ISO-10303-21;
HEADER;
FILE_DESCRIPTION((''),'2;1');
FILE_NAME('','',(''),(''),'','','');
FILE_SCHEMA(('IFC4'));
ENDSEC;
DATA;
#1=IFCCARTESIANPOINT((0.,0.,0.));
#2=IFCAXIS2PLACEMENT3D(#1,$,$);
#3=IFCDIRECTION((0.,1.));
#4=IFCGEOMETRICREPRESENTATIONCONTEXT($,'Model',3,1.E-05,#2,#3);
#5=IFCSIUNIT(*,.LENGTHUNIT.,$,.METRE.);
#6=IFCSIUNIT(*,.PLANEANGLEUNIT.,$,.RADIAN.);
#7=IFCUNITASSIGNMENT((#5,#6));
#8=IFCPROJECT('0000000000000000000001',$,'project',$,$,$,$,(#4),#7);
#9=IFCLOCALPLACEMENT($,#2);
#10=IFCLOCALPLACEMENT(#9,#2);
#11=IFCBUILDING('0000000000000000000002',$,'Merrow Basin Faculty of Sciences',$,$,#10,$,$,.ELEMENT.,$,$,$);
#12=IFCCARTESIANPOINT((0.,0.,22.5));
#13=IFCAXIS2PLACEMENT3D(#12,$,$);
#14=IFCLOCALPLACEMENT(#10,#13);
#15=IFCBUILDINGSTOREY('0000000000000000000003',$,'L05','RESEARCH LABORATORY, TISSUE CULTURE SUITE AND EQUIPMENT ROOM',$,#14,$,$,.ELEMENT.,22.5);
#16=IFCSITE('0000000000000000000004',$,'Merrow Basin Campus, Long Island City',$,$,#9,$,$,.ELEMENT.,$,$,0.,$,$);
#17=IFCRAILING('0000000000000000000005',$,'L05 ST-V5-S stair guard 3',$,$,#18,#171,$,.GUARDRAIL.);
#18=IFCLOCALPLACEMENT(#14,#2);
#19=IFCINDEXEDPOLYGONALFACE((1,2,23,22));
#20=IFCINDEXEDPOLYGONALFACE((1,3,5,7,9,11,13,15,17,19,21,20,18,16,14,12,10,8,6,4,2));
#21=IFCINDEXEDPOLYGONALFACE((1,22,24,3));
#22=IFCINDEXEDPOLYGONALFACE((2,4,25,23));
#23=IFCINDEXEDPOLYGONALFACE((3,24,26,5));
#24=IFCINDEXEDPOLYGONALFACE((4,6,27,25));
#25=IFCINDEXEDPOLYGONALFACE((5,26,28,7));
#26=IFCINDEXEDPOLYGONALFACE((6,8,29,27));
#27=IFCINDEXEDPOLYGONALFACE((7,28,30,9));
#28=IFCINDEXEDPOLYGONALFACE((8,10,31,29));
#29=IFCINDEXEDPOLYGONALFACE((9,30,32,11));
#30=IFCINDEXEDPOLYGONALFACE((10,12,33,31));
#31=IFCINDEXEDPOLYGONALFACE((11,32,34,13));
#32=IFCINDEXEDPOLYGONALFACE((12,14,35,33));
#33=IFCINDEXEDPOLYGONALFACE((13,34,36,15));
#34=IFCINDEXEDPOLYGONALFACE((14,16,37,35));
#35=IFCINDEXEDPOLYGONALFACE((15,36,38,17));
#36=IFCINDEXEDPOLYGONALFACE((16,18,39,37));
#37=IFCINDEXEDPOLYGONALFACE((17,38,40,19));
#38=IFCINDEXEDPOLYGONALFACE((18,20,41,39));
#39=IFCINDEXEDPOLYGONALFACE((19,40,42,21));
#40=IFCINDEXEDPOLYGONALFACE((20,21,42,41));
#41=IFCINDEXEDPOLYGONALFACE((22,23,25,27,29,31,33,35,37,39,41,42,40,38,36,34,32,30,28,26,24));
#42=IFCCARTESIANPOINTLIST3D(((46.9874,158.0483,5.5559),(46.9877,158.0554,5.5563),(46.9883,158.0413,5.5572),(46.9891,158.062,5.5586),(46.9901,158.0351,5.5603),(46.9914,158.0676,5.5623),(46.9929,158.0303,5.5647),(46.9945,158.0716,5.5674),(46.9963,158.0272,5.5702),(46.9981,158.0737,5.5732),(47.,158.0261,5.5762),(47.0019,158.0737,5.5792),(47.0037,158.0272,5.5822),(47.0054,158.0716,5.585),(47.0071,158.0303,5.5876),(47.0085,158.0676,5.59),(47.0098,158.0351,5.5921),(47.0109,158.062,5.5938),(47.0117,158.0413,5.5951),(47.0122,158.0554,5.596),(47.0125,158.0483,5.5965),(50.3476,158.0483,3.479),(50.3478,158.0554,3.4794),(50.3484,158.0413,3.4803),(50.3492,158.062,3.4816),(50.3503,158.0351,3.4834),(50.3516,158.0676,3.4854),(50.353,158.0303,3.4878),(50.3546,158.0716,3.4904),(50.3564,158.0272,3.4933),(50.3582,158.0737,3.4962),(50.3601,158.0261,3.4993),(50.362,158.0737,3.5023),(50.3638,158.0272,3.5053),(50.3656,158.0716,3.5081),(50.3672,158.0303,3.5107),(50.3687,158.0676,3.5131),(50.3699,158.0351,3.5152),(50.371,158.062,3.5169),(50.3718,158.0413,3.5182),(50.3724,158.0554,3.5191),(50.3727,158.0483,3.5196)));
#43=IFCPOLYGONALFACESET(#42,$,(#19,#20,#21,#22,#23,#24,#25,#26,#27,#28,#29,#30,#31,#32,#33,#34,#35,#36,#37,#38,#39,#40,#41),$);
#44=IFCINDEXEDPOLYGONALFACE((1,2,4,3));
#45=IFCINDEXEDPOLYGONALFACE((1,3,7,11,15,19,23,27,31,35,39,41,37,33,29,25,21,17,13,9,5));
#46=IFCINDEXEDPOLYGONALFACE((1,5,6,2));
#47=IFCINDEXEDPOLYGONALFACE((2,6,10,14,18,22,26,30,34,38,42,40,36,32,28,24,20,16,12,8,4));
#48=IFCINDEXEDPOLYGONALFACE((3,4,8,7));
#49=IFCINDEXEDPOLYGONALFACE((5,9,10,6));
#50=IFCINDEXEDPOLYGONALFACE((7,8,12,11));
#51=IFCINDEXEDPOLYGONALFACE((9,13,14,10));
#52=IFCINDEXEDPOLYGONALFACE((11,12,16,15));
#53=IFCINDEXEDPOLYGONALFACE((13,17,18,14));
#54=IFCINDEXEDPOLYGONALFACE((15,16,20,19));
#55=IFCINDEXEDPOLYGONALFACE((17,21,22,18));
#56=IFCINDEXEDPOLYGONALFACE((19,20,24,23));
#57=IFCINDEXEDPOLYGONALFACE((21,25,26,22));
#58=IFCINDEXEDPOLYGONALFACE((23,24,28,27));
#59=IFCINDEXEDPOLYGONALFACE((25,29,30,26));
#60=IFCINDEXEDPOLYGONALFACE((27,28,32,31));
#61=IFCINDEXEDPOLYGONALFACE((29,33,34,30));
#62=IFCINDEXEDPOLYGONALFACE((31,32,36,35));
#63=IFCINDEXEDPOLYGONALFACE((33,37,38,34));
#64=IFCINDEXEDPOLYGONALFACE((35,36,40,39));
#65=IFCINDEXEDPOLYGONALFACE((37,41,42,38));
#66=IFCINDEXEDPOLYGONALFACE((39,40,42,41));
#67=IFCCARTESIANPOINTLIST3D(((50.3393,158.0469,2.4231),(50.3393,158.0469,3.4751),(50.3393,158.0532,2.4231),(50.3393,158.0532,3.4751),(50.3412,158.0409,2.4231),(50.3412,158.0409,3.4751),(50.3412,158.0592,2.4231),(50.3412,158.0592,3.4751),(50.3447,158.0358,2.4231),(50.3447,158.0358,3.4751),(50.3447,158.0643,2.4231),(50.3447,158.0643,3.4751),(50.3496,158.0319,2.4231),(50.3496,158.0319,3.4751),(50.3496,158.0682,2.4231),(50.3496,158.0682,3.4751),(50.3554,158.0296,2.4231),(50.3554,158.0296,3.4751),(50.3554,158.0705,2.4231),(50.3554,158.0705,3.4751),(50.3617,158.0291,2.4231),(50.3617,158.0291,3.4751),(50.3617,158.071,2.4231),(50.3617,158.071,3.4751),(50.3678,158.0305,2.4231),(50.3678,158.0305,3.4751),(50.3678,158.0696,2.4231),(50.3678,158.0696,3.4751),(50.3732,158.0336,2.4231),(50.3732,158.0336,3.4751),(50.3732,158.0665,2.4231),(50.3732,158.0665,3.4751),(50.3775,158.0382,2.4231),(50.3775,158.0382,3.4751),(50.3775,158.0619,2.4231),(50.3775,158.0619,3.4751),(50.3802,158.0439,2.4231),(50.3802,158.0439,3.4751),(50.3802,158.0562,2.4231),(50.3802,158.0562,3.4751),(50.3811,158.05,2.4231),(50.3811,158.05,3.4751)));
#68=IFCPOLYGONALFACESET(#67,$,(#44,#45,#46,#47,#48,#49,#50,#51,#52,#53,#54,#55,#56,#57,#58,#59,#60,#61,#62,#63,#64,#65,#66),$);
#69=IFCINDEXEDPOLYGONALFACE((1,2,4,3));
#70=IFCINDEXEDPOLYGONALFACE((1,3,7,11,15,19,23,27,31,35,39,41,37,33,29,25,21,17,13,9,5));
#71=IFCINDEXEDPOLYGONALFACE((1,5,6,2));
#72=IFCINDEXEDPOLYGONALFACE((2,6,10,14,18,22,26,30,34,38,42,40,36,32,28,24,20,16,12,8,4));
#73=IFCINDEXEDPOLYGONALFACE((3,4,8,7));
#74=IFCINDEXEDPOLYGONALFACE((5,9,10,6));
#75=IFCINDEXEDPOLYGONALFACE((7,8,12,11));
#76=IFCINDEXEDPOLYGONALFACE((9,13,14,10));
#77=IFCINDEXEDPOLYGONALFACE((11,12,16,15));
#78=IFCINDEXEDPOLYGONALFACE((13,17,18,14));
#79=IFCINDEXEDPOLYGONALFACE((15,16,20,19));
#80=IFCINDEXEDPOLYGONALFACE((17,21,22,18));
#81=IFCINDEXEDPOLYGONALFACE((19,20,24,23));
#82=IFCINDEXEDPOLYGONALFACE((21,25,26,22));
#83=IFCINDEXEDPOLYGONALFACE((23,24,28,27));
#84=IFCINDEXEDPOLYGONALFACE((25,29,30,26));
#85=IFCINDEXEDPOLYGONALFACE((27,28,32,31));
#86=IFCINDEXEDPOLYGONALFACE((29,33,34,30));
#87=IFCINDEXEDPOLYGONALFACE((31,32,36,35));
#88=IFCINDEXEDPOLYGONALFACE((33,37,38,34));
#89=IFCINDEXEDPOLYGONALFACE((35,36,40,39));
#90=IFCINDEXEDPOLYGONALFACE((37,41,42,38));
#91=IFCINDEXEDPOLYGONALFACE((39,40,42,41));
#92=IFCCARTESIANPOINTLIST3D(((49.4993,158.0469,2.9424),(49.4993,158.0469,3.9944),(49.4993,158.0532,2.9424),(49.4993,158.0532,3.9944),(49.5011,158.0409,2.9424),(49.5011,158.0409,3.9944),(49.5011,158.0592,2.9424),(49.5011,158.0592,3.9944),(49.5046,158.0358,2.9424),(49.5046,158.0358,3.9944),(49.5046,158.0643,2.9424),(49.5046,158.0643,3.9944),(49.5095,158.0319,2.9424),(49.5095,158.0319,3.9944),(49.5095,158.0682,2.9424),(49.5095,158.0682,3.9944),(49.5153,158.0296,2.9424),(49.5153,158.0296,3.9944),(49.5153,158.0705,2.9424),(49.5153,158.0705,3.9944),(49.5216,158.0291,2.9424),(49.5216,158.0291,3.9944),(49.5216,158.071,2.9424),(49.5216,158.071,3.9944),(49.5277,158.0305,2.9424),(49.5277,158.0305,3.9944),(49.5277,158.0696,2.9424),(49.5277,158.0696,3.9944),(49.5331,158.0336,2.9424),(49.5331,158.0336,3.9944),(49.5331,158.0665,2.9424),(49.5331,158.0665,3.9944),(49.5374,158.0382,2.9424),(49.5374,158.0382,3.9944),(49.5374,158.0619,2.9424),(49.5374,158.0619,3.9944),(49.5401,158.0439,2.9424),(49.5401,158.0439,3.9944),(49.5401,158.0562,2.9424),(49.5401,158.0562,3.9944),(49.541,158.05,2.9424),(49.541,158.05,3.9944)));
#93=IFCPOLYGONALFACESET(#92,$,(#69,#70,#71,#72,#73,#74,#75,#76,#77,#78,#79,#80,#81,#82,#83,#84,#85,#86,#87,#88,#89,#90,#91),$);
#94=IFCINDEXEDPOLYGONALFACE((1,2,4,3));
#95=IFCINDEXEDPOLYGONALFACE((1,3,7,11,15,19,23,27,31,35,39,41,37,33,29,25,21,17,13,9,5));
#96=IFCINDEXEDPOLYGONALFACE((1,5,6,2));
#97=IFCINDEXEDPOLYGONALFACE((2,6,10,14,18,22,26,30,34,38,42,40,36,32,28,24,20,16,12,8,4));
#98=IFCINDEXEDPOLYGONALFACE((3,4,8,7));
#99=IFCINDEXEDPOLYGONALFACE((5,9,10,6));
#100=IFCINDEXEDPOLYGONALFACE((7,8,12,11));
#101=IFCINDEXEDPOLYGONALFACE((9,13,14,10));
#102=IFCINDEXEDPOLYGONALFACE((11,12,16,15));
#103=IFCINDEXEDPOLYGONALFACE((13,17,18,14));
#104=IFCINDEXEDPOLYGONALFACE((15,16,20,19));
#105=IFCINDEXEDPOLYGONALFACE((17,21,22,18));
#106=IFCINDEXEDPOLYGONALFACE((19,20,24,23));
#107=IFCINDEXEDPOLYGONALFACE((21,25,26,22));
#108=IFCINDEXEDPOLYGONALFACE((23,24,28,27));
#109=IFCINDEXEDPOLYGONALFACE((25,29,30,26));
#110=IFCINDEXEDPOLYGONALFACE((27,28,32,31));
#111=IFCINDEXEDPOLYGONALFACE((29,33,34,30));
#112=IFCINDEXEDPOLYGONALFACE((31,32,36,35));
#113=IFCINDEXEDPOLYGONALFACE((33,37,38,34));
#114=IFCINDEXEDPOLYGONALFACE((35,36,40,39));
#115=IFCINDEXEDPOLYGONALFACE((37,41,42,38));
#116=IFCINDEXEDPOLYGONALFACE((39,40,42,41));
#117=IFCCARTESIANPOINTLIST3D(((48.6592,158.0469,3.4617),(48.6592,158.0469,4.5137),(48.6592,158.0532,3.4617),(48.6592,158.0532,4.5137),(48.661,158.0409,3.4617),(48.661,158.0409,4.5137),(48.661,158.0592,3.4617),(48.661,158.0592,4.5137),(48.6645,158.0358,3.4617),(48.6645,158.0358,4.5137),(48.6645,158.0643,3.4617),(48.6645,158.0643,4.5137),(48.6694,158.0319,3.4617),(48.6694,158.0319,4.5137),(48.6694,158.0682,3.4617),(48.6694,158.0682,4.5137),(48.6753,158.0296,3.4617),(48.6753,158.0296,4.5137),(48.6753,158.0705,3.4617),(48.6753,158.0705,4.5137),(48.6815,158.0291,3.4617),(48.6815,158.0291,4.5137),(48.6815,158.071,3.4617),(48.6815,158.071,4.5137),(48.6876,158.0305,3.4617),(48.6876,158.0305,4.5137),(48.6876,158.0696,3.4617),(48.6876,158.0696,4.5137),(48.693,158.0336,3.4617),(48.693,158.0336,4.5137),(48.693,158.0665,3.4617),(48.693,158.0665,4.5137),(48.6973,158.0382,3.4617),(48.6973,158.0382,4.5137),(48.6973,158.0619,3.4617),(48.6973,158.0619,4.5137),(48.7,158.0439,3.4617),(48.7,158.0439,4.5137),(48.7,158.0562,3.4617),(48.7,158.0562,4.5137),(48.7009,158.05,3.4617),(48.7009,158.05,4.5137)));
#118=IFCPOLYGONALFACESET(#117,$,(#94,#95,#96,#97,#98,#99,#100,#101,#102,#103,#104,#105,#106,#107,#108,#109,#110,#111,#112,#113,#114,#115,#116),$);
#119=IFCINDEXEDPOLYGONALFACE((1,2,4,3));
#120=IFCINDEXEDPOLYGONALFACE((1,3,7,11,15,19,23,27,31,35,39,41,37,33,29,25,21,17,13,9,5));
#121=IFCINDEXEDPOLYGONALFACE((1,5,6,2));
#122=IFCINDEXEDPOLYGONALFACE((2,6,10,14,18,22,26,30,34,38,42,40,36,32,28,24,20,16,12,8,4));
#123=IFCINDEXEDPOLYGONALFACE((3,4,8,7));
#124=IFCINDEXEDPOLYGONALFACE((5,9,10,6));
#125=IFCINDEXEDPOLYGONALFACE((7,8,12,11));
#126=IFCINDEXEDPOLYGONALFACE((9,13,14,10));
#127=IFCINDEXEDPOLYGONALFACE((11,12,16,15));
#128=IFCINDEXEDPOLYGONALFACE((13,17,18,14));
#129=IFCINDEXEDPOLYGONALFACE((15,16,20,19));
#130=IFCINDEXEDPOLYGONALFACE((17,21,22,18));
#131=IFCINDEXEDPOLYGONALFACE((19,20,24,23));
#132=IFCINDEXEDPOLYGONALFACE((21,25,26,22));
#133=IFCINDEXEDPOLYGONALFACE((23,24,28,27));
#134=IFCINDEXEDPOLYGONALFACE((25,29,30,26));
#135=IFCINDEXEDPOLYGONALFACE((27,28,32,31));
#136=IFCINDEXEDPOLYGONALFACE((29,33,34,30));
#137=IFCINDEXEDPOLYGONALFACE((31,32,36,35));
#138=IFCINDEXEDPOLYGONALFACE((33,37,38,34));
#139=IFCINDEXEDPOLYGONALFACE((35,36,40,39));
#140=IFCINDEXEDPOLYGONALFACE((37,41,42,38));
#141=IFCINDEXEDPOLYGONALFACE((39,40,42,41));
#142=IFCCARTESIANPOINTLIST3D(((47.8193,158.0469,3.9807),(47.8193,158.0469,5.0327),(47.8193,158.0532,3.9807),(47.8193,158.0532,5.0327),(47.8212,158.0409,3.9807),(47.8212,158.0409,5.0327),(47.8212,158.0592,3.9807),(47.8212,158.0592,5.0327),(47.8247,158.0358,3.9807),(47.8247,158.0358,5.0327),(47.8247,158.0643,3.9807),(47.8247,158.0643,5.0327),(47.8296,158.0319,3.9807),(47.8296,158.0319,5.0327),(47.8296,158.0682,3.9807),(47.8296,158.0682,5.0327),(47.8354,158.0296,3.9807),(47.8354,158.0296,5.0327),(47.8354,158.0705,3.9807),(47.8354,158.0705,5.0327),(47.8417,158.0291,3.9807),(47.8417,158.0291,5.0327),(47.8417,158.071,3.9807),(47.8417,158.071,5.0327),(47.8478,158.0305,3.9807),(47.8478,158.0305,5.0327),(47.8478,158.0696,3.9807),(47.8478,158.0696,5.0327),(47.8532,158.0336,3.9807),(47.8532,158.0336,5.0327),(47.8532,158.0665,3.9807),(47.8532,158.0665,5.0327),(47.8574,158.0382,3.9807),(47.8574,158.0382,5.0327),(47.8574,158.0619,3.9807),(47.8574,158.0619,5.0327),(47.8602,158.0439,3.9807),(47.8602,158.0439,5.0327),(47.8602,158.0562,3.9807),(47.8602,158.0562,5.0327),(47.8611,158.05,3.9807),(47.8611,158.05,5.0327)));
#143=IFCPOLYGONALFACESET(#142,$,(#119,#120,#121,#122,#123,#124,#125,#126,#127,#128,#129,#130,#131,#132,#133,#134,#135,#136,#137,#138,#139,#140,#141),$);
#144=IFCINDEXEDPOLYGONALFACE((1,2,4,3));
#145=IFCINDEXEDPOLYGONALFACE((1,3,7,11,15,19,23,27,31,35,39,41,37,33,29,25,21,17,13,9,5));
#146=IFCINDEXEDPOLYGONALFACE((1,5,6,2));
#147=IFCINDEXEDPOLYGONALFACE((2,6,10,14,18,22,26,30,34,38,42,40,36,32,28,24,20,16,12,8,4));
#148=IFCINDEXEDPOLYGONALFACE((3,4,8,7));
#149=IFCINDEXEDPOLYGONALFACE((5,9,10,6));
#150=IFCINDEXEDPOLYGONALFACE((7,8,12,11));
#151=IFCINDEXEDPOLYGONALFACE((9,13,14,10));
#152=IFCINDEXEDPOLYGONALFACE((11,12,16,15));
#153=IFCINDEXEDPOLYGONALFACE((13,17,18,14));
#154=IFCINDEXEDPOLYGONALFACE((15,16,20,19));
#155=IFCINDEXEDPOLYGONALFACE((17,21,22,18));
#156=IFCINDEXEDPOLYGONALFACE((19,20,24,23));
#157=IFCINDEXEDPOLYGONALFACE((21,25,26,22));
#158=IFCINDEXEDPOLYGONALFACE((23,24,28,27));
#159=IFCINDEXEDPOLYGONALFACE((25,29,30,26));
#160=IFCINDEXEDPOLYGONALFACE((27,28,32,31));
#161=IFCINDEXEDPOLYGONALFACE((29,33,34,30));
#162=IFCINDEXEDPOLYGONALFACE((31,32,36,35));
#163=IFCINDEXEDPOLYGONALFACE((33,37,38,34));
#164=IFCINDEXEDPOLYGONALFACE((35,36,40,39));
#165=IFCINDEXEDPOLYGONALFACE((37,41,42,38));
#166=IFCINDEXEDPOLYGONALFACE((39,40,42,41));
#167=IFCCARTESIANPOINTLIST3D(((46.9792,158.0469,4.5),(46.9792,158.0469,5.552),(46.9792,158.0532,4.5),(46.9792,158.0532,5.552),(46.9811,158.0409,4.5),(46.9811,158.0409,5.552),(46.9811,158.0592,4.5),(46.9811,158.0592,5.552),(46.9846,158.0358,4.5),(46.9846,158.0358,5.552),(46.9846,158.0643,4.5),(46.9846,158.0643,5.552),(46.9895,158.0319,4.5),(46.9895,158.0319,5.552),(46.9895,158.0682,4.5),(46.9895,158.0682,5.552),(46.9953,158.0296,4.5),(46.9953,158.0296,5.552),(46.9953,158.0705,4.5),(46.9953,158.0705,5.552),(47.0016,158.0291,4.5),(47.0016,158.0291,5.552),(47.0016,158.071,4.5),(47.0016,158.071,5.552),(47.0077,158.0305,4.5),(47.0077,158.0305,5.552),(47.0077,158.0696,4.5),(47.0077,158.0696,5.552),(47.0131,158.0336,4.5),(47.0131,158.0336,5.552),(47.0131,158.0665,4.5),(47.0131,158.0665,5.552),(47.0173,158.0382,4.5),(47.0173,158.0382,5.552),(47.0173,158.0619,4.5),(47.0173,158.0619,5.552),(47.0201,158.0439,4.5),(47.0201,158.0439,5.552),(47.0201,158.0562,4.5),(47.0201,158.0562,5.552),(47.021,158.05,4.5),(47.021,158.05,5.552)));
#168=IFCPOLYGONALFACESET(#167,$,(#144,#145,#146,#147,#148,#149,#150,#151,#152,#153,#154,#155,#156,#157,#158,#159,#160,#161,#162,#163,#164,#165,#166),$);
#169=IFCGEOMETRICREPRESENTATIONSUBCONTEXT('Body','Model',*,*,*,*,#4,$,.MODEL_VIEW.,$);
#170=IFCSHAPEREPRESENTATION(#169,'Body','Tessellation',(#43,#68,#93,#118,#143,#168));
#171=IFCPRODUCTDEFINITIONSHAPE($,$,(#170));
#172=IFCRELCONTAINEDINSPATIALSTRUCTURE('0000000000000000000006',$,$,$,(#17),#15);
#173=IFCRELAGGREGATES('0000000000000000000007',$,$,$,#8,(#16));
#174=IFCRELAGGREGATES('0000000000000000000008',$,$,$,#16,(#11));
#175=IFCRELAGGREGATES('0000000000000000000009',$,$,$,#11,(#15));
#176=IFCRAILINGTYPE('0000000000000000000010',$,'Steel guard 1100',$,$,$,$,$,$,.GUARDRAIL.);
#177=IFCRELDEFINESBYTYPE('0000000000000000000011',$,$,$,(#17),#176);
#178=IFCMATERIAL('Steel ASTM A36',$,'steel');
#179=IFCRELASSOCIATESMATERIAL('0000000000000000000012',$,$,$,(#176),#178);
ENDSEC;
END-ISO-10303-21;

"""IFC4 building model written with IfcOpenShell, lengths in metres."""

from ifc_helpers import new_model, si_unit, direction, frame, origin, origin_2d, place, context, subcontext, project, spatial, circle, extrude, material, type_object, element, save


model = new_model("IFC4")

# Units and contexts
model_context = context("Model", 3, precision=1e-05, world=origin(), true_north=direction((0.0, 1.0)))
body_context = subcontext(model_context, "Body", "Model", "MODEL_VIEW")
ifc_project = project(units=[si_unit("LENGTHUNIT", "METRE"), si_unit("PLANEANGLEUNIT", "RADIAN")], contexts=[model_context])

# Site, building, storey
site_placement = place(None, origin())
site = spatial("IfcSite", under=ifc_project, at=site_placement, Name="Merrow Basin Campus, Long Island City", CompositionType="ELEMENT", RefElevation=0.0)
building_placement = place(site_placement, origin())
building = spatial("IfcBuilding", under=site, at=building_placement, Name="Merrow Basin Faculty of Sciences", CompositionType="ELEMENT")
storey_placement = place(building_placement, frame((0.0, 0.0, 22.5)))
storey = spatial("IfcBuildingStorey", under=building, at=storey_placement, Name="L05", Description="RESEARCH LABORATORY, TISSUE CULTURE SUITE AND EQUIPMENT ROOM", CompositionType="ELEMENT", Elevation=22.5)

# Railing
ifc_material_1 = material(Name="Steel ASTM A36", Category="steel")
railing_type_1 = type_object("IfcRailingType", Name="Steel guard 1100", PredefinedType="GUARDRAIL", material=ifc_material_1)
railing_1_placement = place(storey_placement, frame((50.3601, 158.05, 2.4231)))
element("IfcRailing", 1, at=railing_1_placement, inside=storey, type_object=railing_type_1, Name="L05 ST-V5-S stair guard 3", PredefinedType="GUARDRAIL", context=body_context, shape_type="SweptSolid", body=[
    extrude(circle(Radius=0.0239, at=origin_2d()), frame((0.0, 0.0, 1.0762), z_axis=(-0.850623, 0.0, 0.525776), x_axis=(0.0, -1.0, 0.0)), (0.0, 0.0, 1.0), 3.9502),
    extrude(circle(Radius=0.021, at=origin_2d()), origin(), (0.0, 0.0, 1.0), 1.052),
    extrude(circle(Radius=0.021, at=origin_2d()), frame((-0.8401, 0.0, 0.5193)), (0.0, 0.0, 1.0), 1.052),
    extrude(circle(Radius=0.021, at=origin_2d()), frame((-1.6802, 0.0, 1.0386)), (0.0, 0.0, 1.0), 1.052),
    extrude(circle(Radius=0.021, at=origin_2d()), frame((-2.52, 0.0, 1.5576)), (0.0, 0.0, 1.0), 1.052),
    extrude(circle(Radius=0.021, at=origin_2d()), frame((-3.3601, 0.0, 2.0769)), (0.0, 0.0, 1.0), 1.052),
])

save(model, "model.ifc")
